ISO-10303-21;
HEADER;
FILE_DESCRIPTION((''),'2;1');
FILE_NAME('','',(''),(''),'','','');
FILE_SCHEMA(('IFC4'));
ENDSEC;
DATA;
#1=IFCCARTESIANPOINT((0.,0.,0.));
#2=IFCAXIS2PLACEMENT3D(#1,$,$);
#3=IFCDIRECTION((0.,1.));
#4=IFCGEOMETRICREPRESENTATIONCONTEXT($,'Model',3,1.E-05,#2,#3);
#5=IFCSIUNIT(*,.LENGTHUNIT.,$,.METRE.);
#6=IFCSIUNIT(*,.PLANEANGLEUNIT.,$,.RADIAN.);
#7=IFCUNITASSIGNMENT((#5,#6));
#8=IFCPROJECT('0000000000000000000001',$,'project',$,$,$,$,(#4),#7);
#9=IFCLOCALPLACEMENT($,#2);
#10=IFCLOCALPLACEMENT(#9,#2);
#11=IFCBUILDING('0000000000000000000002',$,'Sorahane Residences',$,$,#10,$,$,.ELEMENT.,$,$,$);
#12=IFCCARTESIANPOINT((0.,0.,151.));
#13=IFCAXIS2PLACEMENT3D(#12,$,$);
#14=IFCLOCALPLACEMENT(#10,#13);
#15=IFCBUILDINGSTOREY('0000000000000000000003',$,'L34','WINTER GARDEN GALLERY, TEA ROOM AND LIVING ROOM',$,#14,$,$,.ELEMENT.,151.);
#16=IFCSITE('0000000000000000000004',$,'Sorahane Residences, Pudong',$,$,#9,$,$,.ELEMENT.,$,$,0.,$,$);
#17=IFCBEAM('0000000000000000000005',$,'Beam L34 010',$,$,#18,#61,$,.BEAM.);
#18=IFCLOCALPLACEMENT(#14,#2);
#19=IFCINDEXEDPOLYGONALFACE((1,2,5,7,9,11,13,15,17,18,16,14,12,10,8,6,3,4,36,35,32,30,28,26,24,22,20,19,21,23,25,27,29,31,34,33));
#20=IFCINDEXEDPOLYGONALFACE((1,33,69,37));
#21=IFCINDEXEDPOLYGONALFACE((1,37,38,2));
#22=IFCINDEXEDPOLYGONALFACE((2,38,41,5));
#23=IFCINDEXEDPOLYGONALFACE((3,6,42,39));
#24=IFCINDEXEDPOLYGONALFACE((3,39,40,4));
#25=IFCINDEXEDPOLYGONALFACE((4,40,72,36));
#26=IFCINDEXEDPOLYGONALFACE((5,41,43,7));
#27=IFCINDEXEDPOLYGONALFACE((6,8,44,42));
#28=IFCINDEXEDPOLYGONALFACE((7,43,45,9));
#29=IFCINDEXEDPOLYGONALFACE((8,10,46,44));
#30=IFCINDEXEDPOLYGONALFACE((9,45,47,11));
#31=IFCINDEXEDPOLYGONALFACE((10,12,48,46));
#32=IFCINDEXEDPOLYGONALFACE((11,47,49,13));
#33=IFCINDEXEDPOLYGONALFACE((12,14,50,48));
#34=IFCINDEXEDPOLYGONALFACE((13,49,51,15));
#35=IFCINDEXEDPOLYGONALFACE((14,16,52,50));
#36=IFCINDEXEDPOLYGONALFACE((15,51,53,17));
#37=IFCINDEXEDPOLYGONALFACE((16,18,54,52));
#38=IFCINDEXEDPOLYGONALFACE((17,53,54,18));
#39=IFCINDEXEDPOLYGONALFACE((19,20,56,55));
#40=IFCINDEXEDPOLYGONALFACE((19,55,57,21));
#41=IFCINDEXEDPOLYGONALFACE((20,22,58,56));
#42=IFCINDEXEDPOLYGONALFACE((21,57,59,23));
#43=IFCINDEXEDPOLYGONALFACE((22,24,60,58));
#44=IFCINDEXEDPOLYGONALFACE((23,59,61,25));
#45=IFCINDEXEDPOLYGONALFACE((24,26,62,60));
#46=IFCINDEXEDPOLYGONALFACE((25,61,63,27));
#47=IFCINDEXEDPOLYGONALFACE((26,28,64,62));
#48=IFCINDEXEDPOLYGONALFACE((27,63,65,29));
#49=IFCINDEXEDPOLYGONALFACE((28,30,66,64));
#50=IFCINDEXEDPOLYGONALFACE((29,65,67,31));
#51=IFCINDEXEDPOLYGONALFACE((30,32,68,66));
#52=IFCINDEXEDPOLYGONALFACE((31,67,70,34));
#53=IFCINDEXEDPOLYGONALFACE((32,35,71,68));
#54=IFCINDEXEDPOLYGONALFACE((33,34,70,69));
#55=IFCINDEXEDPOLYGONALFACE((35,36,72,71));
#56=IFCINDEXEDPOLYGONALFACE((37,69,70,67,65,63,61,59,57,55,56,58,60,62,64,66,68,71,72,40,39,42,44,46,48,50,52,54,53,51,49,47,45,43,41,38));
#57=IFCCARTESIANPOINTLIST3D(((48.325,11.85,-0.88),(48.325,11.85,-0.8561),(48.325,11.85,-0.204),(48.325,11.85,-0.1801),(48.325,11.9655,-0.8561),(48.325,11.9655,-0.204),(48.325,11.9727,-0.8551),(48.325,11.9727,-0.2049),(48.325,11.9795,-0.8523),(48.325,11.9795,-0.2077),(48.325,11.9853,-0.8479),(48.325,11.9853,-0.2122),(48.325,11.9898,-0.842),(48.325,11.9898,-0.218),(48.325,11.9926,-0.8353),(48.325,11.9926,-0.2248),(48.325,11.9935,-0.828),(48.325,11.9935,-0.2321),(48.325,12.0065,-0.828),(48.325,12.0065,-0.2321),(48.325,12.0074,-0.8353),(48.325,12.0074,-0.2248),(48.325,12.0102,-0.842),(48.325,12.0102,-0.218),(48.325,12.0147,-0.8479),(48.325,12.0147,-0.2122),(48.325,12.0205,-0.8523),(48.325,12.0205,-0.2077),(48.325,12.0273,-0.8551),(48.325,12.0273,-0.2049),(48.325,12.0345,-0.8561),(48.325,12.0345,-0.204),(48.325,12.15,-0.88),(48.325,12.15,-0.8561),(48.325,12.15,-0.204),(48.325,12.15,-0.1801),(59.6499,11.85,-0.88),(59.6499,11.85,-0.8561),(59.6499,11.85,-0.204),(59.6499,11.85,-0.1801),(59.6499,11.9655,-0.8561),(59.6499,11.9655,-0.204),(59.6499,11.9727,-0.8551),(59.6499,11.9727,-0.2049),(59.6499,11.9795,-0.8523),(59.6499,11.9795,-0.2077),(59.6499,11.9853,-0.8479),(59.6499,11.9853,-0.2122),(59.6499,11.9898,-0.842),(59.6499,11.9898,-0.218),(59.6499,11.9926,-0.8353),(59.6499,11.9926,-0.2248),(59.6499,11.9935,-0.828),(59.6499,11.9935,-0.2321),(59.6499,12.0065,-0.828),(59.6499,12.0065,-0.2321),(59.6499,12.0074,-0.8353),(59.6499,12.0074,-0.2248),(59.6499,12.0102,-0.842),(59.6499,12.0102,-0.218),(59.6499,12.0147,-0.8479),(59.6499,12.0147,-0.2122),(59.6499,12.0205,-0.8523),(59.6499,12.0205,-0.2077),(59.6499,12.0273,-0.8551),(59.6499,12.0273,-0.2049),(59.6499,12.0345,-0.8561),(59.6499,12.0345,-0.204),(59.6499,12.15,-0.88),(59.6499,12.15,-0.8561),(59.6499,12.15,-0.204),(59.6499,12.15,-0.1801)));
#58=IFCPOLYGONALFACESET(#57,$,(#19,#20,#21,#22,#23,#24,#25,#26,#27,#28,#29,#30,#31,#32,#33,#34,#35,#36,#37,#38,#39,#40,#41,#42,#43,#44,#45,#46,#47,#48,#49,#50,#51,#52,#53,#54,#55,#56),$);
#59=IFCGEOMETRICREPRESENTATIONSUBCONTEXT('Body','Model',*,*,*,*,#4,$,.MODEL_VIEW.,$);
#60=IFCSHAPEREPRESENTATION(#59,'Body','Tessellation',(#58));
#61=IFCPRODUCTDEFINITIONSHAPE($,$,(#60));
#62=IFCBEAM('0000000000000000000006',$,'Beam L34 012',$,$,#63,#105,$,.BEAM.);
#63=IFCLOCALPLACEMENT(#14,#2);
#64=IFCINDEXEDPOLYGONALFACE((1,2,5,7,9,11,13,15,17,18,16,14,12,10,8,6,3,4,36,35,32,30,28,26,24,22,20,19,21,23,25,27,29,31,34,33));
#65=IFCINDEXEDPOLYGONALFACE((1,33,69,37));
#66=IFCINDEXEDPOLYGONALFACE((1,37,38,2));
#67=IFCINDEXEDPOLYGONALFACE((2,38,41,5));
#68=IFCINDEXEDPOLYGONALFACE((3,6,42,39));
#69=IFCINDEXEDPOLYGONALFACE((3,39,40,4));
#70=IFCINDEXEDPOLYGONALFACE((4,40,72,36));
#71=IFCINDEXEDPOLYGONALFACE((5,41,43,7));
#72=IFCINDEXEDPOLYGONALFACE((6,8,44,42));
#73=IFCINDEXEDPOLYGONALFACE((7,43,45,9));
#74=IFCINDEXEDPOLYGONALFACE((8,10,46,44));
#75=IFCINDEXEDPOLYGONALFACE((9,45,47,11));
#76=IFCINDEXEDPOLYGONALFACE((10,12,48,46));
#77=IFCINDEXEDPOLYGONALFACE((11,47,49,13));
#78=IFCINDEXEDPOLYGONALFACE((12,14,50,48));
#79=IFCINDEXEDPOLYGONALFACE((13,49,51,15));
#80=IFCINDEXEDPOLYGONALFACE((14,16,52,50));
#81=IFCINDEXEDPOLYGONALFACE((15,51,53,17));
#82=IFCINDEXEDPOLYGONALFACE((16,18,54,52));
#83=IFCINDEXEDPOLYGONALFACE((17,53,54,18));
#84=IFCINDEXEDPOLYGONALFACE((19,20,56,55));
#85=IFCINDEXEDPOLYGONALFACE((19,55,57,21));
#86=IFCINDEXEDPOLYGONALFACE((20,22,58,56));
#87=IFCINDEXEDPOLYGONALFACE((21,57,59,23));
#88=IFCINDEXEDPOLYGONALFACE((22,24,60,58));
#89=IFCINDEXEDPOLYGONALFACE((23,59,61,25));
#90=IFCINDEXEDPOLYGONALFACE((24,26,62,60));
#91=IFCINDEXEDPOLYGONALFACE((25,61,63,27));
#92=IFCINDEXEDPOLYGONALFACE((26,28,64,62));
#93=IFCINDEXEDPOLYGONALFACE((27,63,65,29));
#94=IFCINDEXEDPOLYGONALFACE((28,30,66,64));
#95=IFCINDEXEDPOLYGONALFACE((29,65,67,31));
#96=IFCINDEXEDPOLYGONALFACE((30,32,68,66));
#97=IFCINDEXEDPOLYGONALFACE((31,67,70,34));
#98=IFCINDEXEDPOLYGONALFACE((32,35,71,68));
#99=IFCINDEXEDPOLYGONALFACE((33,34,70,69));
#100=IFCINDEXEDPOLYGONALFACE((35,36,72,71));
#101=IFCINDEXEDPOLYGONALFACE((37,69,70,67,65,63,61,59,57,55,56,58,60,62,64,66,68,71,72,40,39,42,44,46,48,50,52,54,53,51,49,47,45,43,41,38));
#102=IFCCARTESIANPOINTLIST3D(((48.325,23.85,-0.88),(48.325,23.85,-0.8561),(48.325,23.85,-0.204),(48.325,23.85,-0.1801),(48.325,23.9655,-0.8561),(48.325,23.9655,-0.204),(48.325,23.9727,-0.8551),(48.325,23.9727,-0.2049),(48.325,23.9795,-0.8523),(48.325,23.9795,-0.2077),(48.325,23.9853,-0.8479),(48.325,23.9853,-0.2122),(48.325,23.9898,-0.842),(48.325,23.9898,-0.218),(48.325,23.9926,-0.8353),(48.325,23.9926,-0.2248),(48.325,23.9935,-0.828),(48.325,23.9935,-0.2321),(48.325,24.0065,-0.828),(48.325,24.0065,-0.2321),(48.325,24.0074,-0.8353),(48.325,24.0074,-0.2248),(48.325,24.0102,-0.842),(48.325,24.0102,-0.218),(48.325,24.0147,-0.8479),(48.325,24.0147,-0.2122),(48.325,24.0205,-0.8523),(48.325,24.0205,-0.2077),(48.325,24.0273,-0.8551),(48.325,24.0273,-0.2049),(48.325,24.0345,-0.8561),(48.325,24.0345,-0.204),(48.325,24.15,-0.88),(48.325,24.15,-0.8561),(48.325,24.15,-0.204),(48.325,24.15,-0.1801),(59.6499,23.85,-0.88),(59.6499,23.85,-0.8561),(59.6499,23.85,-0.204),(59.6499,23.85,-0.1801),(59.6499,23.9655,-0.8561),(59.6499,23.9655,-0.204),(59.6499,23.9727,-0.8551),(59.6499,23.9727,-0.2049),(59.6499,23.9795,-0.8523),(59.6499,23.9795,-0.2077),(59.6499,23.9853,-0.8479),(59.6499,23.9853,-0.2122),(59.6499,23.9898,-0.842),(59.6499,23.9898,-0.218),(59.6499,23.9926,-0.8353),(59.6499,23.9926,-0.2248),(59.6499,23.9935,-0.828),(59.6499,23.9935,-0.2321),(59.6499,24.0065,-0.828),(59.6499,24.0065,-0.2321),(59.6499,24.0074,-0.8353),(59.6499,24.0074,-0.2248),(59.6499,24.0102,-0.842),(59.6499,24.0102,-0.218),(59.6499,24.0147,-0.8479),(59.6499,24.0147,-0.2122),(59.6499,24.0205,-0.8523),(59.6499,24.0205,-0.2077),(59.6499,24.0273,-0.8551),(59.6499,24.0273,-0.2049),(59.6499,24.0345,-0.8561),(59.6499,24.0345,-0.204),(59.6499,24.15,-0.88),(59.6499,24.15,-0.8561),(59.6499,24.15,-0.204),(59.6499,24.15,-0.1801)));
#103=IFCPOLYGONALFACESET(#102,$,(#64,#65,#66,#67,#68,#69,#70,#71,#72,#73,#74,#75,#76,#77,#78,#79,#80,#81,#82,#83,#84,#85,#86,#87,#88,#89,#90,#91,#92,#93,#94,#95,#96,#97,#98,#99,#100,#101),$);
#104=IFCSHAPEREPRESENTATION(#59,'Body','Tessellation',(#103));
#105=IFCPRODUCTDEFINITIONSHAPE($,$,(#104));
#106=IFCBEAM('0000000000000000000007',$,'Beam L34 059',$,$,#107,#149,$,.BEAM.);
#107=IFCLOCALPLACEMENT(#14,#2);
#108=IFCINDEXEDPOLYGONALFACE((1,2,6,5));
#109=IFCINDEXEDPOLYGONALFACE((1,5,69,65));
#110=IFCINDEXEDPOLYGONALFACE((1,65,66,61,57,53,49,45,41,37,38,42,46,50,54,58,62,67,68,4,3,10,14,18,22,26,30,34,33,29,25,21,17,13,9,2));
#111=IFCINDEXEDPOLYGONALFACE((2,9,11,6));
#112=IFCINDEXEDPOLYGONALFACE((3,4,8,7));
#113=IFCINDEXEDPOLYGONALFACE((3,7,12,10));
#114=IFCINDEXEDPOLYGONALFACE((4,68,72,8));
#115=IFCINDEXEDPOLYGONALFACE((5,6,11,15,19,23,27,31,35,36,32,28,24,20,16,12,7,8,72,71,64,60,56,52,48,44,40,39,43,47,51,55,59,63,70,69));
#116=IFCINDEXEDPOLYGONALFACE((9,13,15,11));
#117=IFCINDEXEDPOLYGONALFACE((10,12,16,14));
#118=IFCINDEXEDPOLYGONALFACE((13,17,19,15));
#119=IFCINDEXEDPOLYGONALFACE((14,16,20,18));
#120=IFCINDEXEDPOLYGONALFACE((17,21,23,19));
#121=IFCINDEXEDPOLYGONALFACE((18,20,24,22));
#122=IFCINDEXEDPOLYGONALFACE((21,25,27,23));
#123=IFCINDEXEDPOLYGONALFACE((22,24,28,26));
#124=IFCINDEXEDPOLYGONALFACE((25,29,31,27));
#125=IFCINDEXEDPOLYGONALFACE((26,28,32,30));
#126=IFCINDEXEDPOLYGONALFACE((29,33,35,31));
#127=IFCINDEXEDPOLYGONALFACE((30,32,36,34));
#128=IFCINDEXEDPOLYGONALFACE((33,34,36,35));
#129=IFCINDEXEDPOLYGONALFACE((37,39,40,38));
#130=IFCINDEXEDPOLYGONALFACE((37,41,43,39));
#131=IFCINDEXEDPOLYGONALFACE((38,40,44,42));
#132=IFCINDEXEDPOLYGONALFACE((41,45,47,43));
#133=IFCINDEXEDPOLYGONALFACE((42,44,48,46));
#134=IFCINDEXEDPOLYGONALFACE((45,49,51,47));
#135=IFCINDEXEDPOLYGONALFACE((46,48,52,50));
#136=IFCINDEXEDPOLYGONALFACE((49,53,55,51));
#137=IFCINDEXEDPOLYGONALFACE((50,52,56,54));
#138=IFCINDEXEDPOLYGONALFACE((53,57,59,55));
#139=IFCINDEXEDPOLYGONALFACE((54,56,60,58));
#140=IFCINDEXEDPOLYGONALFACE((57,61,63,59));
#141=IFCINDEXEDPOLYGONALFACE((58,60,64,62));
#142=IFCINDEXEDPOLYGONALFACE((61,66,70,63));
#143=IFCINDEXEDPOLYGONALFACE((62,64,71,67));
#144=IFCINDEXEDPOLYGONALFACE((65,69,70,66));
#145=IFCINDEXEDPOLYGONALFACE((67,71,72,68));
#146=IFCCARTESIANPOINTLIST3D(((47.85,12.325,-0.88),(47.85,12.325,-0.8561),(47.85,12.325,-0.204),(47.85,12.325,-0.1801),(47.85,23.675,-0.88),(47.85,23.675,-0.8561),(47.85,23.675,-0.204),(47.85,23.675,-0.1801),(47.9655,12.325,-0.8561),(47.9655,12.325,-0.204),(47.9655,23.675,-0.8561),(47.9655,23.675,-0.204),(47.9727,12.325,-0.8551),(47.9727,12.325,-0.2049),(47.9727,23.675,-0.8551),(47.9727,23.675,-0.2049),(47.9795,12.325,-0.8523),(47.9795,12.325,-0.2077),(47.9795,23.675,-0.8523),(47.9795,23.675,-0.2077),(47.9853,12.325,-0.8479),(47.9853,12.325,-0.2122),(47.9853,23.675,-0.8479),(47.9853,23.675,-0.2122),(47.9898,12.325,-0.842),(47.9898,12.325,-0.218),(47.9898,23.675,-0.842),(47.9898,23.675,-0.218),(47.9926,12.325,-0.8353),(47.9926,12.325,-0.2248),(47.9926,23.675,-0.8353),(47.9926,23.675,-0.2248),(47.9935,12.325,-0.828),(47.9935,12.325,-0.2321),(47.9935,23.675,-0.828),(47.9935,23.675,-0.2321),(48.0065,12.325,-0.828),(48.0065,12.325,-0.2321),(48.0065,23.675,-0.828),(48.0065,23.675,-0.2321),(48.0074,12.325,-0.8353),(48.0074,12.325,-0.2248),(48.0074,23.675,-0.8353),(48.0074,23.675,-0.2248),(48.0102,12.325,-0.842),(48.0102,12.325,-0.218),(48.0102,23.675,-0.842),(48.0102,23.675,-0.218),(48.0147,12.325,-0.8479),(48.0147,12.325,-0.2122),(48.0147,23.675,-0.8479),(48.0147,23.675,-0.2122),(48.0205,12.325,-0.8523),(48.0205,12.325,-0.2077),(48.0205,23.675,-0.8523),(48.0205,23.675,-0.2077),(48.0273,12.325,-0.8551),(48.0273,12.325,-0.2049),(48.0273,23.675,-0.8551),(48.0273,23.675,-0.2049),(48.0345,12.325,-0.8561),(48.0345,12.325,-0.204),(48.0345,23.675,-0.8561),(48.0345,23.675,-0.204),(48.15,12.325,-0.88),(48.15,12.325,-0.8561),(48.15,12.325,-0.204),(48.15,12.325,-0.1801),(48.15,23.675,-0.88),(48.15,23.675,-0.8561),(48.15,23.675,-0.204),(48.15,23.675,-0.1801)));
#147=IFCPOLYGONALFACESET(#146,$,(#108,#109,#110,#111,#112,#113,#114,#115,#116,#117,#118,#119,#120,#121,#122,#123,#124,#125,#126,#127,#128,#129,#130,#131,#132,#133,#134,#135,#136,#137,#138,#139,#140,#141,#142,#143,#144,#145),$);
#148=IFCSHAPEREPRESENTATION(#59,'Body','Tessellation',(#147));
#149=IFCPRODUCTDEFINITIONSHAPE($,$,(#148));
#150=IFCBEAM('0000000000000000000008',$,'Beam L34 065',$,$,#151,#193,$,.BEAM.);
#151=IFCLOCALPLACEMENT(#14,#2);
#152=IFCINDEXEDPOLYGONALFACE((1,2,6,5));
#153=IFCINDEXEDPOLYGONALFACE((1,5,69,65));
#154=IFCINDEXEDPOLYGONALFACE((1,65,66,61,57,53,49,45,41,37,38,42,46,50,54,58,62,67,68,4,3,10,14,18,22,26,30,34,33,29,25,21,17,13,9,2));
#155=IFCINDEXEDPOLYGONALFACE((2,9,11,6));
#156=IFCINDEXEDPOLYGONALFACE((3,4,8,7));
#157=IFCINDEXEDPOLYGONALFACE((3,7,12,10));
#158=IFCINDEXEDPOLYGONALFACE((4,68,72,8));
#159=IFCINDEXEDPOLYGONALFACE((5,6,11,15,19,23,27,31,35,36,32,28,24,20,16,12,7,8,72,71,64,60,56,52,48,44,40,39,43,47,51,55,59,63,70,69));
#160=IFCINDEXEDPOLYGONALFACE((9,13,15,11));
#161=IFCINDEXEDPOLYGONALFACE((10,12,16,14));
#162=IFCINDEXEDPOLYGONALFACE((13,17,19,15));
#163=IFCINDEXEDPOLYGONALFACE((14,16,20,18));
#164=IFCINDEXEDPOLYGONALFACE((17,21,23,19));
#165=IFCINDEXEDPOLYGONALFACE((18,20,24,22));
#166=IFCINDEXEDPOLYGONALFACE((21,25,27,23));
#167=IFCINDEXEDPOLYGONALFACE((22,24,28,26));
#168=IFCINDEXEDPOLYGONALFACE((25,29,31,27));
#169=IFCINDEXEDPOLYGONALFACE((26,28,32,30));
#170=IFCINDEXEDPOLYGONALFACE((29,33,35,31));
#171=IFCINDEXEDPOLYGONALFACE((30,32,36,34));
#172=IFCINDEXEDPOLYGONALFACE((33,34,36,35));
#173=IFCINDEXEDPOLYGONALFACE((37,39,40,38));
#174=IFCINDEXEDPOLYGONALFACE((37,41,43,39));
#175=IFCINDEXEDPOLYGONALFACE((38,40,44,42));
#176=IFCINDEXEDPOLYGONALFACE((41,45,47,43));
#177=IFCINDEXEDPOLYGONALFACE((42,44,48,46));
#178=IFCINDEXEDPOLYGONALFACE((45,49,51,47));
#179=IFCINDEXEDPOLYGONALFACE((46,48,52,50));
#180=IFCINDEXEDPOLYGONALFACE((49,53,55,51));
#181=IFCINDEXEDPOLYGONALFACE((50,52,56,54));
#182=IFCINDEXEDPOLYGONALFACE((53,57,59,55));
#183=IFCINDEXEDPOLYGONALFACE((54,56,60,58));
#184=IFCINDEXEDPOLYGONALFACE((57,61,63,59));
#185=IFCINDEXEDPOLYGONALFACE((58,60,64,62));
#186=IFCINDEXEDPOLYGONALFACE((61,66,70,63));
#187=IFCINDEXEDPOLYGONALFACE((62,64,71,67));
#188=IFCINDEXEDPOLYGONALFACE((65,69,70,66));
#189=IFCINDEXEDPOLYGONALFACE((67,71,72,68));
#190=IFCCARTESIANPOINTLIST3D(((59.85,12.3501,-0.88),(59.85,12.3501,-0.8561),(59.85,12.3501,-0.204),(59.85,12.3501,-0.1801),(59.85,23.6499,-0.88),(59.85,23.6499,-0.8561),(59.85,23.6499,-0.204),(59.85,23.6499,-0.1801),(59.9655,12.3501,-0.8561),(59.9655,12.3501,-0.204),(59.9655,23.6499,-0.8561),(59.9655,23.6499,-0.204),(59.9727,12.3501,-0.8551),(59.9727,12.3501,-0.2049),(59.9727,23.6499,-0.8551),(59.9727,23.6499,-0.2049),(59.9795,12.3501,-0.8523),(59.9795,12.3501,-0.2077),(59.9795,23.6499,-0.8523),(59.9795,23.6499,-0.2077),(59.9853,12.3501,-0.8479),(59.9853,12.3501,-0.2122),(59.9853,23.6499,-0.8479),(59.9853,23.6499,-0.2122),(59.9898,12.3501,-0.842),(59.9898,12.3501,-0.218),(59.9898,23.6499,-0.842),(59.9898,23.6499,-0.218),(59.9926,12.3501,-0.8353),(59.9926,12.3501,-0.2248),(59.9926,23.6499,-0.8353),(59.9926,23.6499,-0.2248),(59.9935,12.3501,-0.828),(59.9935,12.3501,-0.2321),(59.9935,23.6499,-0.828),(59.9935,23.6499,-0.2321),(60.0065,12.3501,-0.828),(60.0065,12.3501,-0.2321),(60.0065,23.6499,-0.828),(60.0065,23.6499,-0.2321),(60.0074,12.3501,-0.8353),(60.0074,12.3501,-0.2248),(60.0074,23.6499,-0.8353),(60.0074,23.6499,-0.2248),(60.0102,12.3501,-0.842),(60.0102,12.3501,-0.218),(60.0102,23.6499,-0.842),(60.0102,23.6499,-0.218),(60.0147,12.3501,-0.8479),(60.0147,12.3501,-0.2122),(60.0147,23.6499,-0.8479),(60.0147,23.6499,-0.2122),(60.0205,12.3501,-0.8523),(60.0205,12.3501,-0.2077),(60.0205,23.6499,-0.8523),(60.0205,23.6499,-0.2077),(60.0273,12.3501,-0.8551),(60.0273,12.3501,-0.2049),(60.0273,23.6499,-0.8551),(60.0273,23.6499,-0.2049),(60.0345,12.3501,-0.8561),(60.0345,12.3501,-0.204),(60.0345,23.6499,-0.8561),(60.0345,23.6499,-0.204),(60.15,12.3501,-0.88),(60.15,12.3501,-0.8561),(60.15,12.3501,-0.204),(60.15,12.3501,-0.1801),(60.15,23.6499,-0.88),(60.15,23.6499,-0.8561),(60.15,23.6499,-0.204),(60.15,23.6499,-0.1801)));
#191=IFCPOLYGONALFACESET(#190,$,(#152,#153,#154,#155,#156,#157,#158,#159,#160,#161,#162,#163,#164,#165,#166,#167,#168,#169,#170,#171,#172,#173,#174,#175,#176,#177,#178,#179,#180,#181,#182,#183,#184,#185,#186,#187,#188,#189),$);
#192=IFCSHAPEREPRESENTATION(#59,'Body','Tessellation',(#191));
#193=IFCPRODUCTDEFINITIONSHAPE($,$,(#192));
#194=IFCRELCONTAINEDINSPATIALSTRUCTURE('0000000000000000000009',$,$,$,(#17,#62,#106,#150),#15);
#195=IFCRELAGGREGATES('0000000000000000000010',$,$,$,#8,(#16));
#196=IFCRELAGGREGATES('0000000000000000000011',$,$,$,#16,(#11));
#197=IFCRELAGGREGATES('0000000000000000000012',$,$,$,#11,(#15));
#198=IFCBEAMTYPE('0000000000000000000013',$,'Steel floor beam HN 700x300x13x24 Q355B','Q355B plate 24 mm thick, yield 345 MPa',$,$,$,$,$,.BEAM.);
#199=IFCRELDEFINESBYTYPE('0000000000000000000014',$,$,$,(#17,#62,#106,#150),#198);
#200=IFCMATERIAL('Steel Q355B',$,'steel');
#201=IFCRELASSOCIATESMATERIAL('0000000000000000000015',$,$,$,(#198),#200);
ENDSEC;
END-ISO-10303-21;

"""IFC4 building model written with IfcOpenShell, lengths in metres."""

from ifc_helpers import new_model, si_unit, direction, frame, origin, origin_2d, place, context, subcontext, project, spatial, i_section, extrude, material, material_profile, profile_set, type_object, element, save


model = new_model("IFC4")

# Units and contexts
model_context = context("Model", 3, precision=1e-05, world=origin(), true_north=direction((0.0, 1.0)))
body_context = subcontext(model_context, "Body", "Model", "MODEL_VIEW")
ifc_project = project(units=[si_unit("LENGTHUNIT", "METRE"), si_unit("PLANEANGLEUNIT", "RADIAN")], contexts=[model_context])

# Site, building, storey
site_placement = place(None, origin())
site = spatial("IfcSite", under=ifc_project, at=site_placement, Name="Sorahane Residences, Pudong", CompositionType="ELEMENT", RefElevation=0.0)
building_placement = place(site_placement, origin())
building = spatial("IfcBuilding", under=site, at=building_placement, Name="Sorahane Residences", CompositionType="ELEMENT")
storey_placement = place(building_placement, frame((0.0, 0.0, 151.0)))
storey = spatial("IfcBuildingStorey", under=building, at=storey_placement, Name="L34", Description="WINTER GARDEN GALLERY, TEA ROOM AND LIVING ROOM", CompositionType="ELEMENT", Elevation=151.0)

# Beams
ifc_material_1 = material(Name="Steel Q355B", Category="steel")
ifc_material_profile_1 = material_profile(ifc_material_1, i_section(OverallWidth=0.3, OverallDepth=0.7, WebThickness=0.0129, FlangeThickness=0.0239, FilletRadius=0.0281, at=origin_2d()), Name="HN 700x300x13x24")
ifc_profile_set_1 = profile_set([ifc_material_profile_1], Name="Steel Q355B")
beam_type_1 = type_object("IfcBeamType", Name="Steel floor beam HN 700x300x13x24 Q355B", Description="Q355B plate 24 mm thick, yield 345 MPa", PredefinedType="BEAM", material=ifc_profile_set_1)
for number, where, z_axis, x_axis, name in (
    (1, (48.325, 12.0, -0.53), (1.0, 0.0, 0.0), (0.0, 1.0, 0.0), "Beam L34 010"),
    (2, (48.325, 24.0, -0.53), (1.0, 0.0, 0.0), (0.0, 1.0, 0.0), "Beam L34 012"),
):
    element("IfcBeam", number, at=place(storey_placement, frame(where, z_axis=z_axis, x_axis=x_axis)), inside=storey, type_object=beam_type_1, Name=name, PredefinedType="BEAM", context=body_context, shape_type="SweptSolid", body=[
        extrude(i_section(OverallWidth=0.3, OverallDepth=0.7, WebThickness=0.0129, FlangeThickness=0.0239, FilletRadius=0.0281, at=origin_2d()), origin(), (0.0, 0.0, 1.0), 11.325),
    ])
beam_1_placement = place(storey_placement, frame((48.0, 12.325, -0.53), z_axis=(0.0, 1.0, 0.0), x_axis=(-1.0, 0.0, 0.0)))
element("IfcBeam", 3, at=beam_1_placement, inside=storey, type_object=beam_type_1, Name="Beam L34 059", PredefinedType="BEAM", context=body_context, shape_type="SweptSolid", body=[
    extrude(i_section(OverallWidth=0.3, OverallDepth=0.7, WebThickness=0.0129, FlangeThickness=0.0239, FilletRadius=0.0281, at=origin_2d()), origin(), (0.0, 0.0, 1.0), 11.3501),
])
for number, where, z_axis, x_axis, name in (
    (4, (60.0, 12.3501, -0.53), (0.0, 1.0, 0.0), (-1.0, 0.0, 0.0), "Beam L34 065"),
):
    element("IfcBeam", number, at=place(storey_placement, frame(where, z_axis=z_axis, x_axis=x_axis)), inside=storey, type_object=beam_type_1, Name=name, PredefinedType="BEAM", context=body_context, shape_type="SweptSolid", body=[
        extrude(i_section(OverallWidth=0.3, OverallDepth=0.7, WebThickness=0.0129, FlangeThickness=0.0239, FilletRadius=0.0281, at=origin_2d()), origin(), (0.0, 0.0, 1.0), 11.2998),
    ])

save(model, "model.ifc")
